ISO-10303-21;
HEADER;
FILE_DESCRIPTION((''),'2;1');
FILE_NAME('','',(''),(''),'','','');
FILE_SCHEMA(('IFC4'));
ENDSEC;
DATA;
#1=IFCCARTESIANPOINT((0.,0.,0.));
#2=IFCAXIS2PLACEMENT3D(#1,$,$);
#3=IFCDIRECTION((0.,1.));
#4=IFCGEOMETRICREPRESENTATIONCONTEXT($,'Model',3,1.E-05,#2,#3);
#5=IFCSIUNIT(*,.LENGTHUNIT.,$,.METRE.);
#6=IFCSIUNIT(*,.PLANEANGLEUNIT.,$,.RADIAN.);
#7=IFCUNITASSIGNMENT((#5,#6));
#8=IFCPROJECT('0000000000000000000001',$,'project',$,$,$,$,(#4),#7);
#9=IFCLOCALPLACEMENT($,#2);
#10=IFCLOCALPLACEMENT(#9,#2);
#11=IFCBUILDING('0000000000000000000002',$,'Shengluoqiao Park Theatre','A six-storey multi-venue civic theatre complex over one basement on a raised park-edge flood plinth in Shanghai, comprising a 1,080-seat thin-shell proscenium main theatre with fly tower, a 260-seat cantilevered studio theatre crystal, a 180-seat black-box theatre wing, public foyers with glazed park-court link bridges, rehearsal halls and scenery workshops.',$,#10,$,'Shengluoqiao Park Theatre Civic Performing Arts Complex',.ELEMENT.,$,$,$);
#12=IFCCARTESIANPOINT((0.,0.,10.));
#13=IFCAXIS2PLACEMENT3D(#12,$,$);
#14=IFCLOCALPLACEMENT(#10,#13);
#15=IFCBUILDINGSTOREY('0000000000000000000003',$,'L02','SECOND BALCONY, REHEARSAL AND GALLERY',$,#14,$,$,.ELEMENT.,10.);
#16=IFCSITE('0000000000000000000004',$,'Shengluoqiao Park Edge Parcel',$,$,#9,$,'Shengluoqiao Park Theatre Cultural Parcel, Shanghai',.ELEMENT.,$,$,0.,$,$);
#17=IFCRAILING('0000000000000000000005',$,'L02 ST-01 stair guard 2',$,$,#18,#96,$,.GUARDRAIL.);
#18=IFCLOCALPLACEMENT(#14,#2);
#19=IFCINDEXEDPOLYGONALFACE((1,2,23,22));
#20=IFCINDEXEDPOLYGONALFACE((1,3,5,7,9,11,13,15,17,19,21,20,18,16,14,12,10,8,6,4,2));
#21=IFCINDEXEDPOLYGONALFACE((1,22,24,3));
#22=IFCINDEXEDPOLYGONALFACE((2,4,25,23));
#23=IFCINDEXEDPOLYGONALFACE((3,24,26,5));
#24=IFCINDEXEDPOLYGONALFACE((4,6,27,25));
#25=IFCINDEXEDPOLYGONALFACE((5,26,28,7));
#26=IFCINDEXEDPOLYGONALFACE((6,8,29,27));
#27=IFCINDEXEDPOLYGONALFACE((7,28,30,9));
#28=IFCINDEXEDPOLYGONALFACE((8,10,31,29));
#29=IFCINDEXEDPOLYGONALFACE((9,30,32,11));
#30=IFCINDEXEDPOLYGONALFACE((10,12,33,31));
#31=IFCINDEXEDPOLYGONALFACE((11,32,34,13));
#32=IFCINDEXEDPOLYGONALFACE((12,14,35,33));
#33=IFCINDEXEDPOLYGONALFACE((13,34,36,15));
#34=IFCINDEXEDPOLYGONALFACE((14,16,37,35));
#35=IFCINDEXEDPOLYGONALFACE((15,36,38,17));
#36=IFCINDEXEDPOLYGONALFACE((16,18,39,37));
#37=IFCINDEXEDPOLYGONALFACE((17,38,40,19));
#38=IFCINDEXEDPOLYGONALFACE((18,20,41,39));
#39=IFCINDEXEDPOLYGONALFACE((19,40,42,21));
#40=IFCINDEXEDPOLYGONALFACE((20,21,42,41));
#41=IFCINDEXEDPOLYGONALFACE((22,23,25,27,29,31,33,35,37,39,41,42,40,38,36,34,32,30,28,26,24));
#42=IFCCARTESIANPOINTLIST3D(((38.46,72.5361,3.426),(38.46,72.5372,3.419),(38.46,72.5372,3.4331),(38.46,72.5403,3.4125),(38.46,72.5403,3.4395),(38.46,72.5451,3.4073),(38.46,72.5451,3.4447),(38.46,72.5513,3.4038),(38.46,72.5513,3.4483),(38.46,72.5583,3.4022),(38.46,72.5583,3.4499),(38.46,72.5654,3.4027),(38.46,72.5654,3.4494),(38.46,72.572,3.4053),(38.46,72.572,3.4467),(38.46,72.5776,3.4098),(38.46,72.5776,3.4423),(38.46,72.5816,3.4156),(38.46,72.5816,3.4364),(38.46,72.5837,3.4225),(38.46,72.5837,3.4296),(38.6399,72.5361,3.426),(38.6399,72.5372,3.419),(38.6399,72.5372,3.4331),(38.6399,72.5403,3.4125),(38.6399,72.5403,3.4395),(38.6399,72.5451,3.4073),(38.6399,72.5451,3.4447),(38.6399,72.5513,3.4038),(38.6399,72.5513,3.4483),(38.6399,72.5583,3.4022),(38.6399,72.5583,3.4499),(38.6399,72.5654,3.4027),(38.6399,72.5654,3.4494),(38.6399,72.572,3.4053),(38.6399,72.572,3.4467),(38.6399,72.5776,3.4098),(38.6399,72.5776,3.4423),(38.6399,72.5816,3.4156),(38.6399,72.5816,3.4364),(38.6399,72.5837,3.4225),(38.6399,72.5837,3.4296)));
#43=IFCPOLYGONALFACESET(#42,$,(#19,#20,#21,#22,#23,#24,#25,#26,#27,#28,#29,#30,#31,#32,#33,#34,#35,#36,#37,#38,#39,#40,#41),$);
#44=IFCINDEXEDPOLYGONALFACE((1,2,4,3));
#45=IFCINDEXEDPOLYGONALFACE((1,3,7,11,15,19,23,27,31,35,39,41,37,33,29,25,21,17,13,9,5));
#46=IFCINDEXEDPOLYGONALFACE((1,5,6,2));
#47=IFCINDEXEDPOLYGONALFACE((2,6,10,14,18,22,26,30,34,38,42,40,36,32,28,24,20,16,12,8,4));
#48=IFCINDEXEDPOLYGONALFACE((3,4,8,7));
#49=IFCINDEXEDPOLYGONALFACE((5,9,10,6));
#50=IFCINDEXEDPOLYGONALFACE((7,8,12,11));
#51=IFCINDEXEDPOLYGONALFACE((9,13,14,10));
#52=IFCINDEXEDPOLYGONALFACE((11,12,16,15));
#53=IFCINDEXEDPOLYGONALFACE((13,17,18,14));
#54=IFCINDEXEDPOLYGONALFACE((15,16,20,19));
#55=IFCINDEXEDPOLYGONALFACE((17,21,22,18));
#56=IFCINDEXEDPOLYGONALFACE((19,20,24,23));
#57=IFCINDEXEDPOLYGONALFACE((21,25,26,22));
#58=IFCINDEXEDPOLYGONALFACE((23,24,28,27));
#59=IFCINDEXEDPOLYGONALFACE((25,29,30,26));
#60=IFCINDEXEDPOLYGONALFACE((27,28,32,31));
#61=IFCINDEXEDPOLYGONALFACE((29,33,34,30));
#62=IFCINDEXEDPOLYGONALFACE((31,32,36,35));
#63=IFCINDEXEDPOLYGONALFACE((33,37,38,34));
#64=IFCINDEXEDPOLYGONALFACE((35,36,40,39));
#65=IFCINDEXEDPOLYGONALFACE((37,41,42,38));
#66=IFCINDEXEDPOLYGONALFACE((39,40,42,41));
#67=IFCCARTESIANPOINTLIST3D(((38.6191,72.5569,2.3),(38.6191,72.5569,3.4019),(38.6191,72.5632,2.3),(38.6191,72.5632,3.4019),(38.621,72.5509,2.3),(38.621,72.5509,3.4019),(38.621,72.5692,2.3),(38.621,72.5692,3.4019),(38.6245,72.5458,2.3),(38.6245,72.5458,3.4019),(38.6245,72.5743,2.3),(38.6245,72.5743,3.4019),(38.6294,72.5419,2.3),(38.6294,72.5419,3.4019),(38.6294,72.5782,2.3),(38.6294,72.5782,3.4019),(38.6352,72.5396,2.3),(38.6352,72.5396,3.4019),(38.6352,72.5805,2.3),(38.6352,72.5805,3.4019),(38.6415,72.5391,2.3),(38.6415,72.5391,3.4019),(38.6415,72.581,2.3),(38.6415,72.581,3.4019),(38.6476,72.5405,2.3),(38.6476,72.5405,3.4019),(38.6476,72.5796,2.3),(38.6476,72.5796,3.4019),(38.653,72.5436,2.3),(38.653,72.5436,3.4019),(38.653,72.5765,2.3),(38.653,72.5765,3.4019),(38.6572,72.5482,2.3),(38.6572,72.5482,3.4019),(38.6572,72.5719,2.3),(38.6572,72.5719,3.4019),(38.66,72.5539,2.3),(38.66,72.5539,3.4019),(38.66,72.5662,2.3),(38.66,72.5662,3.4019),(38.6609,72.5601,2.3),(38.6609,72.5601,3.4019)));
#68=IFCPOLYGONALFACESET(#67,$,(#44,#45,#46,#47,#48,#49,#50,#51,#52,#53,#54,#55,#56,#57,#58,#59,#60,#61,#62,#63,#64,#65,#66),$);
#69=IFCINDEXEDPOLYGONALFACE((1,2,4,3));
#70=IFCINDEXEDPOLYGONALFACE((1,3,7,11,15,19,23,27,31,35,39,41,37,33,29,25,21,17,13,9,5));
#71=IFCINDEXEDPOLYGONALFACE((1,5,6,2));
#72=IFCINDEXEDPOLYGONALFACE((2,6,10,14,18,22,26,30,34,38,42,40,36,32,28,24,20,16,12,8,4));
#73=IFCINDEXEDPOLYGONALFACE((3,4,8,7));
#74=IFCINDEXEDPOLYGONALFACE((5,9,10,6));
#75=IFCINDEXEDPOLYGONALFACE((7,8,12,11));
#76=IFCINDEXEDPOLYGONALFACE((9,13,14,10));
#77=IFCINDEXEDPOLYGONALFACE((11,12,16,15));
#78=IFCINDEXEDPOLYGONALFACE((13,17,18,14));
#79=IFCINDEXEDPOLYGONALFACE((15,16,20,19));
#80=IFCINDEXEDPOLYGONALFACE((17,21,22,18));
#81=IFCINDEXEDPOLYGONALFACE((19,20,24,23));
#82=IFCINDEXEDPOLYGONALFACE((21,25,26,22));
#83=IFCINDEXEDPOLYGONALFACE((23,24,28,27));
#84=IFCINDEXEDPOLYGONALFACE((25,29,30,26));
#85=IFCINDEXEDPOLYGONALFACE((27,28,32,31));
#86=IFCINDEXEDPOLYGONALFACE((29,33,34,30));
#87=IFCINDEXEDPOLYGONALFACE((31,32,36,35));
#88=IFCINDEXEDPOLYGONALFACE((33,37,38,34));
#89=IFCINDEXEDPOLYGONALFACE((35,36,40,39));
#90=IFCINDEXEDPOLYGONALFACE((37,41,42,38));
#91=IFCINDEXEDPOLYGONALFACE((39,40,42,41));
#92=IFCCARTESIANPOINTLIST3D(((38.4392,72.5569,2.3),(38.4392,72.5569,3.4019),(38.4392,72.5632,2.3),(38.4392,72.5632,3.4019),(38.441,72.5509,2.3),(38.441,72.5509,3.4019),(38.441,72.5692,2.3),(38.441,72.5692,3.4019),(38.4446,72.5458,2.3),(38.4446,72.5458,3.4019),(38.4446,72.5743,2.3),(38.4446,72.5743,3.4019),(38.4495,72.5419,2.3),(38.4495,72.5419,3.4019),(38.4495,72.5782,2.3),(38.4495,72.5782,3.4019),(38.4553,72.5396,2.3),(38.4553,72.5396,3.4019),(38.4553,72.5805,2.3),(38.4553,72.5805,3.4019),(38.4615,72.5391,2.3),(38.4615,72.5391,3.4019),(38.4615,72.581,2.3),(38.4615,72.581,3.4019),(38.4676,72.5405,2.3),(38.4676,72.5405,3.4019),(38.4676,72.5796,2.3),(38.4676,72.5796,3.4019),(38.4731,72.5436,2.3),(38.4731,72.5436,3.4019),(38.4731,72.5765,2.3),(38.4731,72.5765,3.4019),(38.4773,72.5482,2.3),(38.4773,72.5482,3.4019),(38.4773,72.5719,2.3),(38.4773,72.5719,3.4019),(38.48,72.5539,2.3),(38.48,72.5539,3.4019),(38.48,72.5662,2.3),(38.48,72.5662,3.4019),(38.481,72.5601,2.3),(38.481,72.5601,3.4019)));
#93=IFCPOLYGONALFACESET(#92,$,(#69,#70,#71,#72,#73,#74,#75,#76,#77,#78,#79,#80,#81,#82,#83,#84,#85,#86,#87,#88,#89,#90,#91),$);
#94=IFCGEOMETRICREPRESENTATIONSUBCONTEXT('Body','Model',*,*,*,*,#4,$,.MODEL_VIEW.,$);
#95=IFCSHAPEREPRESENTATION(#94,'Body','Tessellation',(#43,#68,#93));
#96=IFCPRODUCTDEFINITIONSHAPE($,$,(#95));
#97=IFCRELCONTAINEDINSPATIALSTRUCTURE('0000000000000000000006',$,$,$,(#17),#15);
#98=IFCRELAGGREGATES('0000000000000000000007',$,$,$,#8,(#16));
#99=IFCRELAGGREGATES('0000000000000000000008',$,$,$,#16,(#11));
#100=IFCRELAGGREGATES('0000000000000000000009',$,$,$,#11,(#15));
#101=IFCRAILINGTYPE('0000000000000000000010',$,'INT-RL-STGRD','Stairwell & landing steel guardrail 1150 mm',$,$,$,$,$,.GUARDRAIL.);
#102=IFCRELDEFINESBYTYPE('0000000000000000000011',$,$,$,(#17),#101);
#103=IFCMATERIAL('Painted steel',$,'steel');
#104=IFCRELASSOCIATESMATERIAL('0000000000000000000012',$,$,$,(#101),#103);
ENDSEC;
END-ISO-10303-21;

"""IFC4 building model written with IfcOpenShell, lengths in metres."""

from ifc_helpers import new_model, si_unit, direction, frame, origin, origin_2d, place, context, subcontext, project, spatial, circle, extrude, material, type_object, element, save


model = new_model("IFC4")

# Units and contexts
model_context = context("Model", 3, precision=1e-05, world=origin(), true_north=direction((0.0, 1.0)))
body_context = subcontext(model_context, "Body", "Model", "MODEL_VIEW")
ifc_project = project(units=[si_unit("LENGTHUNIT", "METRE"), si_unit("PLANEANGLEUNIT", "RADIAN")], contexts=[model_context])

# Site, building, storey
site_placement = place(None, origin())
site = spatial("IfcSite", under=ifc_project, at=site_placement, Name="Shengluoqiao Park Edge Parcel", LongName="Shengluoqiao Park Theatre Cultural Parcel, Shanghai", CompositionType="ELEMENT", RefElevation=0.0)
building_placement = place(site_placement, origin())
building = spatial("IfcBuilding", under=site, at=building_placement, Name="Shengluoqiao Park Theatre", Description="A six-storey multi-venue civic theatre complex over one basement on a raised park-edge flood plinth in Shanghai, comprising a 1,080-seat thin-shell proscenium main theatre with fly tower, a 260-seat cantilevered studio theatre crystal, a 180-seat black-box theatre wing, public foyers with glazed park-court link bridges, rehearsal halls and scenery workshops.", LongName="Shengluoqiao Park Theatre Civic Performing Arts Complex", CompositionType="ELEMENT")
storey_placement = place(building_placement, frame((0.0, 0.0, 10.0)))
storey = spatial("IfcBuildingStorey", under=building, at=storey_placement, Name="L02", Description="SECOND BALCONY, REHEARSAL AND GALLERY", CompositionType="ELEMENT", Elevation=10.0)

# Railing
ifc_material_1 = material(Name="Painted steel", Category="steel")
railing_type_1 = type_object("IfcRailingType", Name="INT-RL-STGRD", Description="Stairwell & landing steel guardrail 1150 mm", PredefinedType="GUARDRAIL", material=ifc_material_1)
railing_1_placement = place(storey_placement, frame((38.6399, 72.5601, 2.3)))
element("IfcRailing", 1, at=railing_1_placement, inside=storey, type_object=railing_type_1, Name="L02 ST-01 stair guard 2", PredefinedType="GUARDRAIL", context=body_context, shape_type="SweptSolid", body=[
    extrude(circle(Radius=0.0239, at=origin_2d()), frame((0.0, 0.0, 1.126), z_axis=(-1.0, 0.0, 0.0), x_axis=(0.0, -1.0, 0.0)), (0.0, 0.0, 1.0), 0.1799),
    extrude(circle(Radius=0.021, at=origin_2d()), origin(), (0.0, 0.0, 1.0), 1.1018),
    extrude(circle(Radius=0.021, at=origin_2d()), frame((-0.1799, 0.0, 0.0)), (0.0, 0.0, 1.0), 1.1018),
])

save(model, "model.ifc")
